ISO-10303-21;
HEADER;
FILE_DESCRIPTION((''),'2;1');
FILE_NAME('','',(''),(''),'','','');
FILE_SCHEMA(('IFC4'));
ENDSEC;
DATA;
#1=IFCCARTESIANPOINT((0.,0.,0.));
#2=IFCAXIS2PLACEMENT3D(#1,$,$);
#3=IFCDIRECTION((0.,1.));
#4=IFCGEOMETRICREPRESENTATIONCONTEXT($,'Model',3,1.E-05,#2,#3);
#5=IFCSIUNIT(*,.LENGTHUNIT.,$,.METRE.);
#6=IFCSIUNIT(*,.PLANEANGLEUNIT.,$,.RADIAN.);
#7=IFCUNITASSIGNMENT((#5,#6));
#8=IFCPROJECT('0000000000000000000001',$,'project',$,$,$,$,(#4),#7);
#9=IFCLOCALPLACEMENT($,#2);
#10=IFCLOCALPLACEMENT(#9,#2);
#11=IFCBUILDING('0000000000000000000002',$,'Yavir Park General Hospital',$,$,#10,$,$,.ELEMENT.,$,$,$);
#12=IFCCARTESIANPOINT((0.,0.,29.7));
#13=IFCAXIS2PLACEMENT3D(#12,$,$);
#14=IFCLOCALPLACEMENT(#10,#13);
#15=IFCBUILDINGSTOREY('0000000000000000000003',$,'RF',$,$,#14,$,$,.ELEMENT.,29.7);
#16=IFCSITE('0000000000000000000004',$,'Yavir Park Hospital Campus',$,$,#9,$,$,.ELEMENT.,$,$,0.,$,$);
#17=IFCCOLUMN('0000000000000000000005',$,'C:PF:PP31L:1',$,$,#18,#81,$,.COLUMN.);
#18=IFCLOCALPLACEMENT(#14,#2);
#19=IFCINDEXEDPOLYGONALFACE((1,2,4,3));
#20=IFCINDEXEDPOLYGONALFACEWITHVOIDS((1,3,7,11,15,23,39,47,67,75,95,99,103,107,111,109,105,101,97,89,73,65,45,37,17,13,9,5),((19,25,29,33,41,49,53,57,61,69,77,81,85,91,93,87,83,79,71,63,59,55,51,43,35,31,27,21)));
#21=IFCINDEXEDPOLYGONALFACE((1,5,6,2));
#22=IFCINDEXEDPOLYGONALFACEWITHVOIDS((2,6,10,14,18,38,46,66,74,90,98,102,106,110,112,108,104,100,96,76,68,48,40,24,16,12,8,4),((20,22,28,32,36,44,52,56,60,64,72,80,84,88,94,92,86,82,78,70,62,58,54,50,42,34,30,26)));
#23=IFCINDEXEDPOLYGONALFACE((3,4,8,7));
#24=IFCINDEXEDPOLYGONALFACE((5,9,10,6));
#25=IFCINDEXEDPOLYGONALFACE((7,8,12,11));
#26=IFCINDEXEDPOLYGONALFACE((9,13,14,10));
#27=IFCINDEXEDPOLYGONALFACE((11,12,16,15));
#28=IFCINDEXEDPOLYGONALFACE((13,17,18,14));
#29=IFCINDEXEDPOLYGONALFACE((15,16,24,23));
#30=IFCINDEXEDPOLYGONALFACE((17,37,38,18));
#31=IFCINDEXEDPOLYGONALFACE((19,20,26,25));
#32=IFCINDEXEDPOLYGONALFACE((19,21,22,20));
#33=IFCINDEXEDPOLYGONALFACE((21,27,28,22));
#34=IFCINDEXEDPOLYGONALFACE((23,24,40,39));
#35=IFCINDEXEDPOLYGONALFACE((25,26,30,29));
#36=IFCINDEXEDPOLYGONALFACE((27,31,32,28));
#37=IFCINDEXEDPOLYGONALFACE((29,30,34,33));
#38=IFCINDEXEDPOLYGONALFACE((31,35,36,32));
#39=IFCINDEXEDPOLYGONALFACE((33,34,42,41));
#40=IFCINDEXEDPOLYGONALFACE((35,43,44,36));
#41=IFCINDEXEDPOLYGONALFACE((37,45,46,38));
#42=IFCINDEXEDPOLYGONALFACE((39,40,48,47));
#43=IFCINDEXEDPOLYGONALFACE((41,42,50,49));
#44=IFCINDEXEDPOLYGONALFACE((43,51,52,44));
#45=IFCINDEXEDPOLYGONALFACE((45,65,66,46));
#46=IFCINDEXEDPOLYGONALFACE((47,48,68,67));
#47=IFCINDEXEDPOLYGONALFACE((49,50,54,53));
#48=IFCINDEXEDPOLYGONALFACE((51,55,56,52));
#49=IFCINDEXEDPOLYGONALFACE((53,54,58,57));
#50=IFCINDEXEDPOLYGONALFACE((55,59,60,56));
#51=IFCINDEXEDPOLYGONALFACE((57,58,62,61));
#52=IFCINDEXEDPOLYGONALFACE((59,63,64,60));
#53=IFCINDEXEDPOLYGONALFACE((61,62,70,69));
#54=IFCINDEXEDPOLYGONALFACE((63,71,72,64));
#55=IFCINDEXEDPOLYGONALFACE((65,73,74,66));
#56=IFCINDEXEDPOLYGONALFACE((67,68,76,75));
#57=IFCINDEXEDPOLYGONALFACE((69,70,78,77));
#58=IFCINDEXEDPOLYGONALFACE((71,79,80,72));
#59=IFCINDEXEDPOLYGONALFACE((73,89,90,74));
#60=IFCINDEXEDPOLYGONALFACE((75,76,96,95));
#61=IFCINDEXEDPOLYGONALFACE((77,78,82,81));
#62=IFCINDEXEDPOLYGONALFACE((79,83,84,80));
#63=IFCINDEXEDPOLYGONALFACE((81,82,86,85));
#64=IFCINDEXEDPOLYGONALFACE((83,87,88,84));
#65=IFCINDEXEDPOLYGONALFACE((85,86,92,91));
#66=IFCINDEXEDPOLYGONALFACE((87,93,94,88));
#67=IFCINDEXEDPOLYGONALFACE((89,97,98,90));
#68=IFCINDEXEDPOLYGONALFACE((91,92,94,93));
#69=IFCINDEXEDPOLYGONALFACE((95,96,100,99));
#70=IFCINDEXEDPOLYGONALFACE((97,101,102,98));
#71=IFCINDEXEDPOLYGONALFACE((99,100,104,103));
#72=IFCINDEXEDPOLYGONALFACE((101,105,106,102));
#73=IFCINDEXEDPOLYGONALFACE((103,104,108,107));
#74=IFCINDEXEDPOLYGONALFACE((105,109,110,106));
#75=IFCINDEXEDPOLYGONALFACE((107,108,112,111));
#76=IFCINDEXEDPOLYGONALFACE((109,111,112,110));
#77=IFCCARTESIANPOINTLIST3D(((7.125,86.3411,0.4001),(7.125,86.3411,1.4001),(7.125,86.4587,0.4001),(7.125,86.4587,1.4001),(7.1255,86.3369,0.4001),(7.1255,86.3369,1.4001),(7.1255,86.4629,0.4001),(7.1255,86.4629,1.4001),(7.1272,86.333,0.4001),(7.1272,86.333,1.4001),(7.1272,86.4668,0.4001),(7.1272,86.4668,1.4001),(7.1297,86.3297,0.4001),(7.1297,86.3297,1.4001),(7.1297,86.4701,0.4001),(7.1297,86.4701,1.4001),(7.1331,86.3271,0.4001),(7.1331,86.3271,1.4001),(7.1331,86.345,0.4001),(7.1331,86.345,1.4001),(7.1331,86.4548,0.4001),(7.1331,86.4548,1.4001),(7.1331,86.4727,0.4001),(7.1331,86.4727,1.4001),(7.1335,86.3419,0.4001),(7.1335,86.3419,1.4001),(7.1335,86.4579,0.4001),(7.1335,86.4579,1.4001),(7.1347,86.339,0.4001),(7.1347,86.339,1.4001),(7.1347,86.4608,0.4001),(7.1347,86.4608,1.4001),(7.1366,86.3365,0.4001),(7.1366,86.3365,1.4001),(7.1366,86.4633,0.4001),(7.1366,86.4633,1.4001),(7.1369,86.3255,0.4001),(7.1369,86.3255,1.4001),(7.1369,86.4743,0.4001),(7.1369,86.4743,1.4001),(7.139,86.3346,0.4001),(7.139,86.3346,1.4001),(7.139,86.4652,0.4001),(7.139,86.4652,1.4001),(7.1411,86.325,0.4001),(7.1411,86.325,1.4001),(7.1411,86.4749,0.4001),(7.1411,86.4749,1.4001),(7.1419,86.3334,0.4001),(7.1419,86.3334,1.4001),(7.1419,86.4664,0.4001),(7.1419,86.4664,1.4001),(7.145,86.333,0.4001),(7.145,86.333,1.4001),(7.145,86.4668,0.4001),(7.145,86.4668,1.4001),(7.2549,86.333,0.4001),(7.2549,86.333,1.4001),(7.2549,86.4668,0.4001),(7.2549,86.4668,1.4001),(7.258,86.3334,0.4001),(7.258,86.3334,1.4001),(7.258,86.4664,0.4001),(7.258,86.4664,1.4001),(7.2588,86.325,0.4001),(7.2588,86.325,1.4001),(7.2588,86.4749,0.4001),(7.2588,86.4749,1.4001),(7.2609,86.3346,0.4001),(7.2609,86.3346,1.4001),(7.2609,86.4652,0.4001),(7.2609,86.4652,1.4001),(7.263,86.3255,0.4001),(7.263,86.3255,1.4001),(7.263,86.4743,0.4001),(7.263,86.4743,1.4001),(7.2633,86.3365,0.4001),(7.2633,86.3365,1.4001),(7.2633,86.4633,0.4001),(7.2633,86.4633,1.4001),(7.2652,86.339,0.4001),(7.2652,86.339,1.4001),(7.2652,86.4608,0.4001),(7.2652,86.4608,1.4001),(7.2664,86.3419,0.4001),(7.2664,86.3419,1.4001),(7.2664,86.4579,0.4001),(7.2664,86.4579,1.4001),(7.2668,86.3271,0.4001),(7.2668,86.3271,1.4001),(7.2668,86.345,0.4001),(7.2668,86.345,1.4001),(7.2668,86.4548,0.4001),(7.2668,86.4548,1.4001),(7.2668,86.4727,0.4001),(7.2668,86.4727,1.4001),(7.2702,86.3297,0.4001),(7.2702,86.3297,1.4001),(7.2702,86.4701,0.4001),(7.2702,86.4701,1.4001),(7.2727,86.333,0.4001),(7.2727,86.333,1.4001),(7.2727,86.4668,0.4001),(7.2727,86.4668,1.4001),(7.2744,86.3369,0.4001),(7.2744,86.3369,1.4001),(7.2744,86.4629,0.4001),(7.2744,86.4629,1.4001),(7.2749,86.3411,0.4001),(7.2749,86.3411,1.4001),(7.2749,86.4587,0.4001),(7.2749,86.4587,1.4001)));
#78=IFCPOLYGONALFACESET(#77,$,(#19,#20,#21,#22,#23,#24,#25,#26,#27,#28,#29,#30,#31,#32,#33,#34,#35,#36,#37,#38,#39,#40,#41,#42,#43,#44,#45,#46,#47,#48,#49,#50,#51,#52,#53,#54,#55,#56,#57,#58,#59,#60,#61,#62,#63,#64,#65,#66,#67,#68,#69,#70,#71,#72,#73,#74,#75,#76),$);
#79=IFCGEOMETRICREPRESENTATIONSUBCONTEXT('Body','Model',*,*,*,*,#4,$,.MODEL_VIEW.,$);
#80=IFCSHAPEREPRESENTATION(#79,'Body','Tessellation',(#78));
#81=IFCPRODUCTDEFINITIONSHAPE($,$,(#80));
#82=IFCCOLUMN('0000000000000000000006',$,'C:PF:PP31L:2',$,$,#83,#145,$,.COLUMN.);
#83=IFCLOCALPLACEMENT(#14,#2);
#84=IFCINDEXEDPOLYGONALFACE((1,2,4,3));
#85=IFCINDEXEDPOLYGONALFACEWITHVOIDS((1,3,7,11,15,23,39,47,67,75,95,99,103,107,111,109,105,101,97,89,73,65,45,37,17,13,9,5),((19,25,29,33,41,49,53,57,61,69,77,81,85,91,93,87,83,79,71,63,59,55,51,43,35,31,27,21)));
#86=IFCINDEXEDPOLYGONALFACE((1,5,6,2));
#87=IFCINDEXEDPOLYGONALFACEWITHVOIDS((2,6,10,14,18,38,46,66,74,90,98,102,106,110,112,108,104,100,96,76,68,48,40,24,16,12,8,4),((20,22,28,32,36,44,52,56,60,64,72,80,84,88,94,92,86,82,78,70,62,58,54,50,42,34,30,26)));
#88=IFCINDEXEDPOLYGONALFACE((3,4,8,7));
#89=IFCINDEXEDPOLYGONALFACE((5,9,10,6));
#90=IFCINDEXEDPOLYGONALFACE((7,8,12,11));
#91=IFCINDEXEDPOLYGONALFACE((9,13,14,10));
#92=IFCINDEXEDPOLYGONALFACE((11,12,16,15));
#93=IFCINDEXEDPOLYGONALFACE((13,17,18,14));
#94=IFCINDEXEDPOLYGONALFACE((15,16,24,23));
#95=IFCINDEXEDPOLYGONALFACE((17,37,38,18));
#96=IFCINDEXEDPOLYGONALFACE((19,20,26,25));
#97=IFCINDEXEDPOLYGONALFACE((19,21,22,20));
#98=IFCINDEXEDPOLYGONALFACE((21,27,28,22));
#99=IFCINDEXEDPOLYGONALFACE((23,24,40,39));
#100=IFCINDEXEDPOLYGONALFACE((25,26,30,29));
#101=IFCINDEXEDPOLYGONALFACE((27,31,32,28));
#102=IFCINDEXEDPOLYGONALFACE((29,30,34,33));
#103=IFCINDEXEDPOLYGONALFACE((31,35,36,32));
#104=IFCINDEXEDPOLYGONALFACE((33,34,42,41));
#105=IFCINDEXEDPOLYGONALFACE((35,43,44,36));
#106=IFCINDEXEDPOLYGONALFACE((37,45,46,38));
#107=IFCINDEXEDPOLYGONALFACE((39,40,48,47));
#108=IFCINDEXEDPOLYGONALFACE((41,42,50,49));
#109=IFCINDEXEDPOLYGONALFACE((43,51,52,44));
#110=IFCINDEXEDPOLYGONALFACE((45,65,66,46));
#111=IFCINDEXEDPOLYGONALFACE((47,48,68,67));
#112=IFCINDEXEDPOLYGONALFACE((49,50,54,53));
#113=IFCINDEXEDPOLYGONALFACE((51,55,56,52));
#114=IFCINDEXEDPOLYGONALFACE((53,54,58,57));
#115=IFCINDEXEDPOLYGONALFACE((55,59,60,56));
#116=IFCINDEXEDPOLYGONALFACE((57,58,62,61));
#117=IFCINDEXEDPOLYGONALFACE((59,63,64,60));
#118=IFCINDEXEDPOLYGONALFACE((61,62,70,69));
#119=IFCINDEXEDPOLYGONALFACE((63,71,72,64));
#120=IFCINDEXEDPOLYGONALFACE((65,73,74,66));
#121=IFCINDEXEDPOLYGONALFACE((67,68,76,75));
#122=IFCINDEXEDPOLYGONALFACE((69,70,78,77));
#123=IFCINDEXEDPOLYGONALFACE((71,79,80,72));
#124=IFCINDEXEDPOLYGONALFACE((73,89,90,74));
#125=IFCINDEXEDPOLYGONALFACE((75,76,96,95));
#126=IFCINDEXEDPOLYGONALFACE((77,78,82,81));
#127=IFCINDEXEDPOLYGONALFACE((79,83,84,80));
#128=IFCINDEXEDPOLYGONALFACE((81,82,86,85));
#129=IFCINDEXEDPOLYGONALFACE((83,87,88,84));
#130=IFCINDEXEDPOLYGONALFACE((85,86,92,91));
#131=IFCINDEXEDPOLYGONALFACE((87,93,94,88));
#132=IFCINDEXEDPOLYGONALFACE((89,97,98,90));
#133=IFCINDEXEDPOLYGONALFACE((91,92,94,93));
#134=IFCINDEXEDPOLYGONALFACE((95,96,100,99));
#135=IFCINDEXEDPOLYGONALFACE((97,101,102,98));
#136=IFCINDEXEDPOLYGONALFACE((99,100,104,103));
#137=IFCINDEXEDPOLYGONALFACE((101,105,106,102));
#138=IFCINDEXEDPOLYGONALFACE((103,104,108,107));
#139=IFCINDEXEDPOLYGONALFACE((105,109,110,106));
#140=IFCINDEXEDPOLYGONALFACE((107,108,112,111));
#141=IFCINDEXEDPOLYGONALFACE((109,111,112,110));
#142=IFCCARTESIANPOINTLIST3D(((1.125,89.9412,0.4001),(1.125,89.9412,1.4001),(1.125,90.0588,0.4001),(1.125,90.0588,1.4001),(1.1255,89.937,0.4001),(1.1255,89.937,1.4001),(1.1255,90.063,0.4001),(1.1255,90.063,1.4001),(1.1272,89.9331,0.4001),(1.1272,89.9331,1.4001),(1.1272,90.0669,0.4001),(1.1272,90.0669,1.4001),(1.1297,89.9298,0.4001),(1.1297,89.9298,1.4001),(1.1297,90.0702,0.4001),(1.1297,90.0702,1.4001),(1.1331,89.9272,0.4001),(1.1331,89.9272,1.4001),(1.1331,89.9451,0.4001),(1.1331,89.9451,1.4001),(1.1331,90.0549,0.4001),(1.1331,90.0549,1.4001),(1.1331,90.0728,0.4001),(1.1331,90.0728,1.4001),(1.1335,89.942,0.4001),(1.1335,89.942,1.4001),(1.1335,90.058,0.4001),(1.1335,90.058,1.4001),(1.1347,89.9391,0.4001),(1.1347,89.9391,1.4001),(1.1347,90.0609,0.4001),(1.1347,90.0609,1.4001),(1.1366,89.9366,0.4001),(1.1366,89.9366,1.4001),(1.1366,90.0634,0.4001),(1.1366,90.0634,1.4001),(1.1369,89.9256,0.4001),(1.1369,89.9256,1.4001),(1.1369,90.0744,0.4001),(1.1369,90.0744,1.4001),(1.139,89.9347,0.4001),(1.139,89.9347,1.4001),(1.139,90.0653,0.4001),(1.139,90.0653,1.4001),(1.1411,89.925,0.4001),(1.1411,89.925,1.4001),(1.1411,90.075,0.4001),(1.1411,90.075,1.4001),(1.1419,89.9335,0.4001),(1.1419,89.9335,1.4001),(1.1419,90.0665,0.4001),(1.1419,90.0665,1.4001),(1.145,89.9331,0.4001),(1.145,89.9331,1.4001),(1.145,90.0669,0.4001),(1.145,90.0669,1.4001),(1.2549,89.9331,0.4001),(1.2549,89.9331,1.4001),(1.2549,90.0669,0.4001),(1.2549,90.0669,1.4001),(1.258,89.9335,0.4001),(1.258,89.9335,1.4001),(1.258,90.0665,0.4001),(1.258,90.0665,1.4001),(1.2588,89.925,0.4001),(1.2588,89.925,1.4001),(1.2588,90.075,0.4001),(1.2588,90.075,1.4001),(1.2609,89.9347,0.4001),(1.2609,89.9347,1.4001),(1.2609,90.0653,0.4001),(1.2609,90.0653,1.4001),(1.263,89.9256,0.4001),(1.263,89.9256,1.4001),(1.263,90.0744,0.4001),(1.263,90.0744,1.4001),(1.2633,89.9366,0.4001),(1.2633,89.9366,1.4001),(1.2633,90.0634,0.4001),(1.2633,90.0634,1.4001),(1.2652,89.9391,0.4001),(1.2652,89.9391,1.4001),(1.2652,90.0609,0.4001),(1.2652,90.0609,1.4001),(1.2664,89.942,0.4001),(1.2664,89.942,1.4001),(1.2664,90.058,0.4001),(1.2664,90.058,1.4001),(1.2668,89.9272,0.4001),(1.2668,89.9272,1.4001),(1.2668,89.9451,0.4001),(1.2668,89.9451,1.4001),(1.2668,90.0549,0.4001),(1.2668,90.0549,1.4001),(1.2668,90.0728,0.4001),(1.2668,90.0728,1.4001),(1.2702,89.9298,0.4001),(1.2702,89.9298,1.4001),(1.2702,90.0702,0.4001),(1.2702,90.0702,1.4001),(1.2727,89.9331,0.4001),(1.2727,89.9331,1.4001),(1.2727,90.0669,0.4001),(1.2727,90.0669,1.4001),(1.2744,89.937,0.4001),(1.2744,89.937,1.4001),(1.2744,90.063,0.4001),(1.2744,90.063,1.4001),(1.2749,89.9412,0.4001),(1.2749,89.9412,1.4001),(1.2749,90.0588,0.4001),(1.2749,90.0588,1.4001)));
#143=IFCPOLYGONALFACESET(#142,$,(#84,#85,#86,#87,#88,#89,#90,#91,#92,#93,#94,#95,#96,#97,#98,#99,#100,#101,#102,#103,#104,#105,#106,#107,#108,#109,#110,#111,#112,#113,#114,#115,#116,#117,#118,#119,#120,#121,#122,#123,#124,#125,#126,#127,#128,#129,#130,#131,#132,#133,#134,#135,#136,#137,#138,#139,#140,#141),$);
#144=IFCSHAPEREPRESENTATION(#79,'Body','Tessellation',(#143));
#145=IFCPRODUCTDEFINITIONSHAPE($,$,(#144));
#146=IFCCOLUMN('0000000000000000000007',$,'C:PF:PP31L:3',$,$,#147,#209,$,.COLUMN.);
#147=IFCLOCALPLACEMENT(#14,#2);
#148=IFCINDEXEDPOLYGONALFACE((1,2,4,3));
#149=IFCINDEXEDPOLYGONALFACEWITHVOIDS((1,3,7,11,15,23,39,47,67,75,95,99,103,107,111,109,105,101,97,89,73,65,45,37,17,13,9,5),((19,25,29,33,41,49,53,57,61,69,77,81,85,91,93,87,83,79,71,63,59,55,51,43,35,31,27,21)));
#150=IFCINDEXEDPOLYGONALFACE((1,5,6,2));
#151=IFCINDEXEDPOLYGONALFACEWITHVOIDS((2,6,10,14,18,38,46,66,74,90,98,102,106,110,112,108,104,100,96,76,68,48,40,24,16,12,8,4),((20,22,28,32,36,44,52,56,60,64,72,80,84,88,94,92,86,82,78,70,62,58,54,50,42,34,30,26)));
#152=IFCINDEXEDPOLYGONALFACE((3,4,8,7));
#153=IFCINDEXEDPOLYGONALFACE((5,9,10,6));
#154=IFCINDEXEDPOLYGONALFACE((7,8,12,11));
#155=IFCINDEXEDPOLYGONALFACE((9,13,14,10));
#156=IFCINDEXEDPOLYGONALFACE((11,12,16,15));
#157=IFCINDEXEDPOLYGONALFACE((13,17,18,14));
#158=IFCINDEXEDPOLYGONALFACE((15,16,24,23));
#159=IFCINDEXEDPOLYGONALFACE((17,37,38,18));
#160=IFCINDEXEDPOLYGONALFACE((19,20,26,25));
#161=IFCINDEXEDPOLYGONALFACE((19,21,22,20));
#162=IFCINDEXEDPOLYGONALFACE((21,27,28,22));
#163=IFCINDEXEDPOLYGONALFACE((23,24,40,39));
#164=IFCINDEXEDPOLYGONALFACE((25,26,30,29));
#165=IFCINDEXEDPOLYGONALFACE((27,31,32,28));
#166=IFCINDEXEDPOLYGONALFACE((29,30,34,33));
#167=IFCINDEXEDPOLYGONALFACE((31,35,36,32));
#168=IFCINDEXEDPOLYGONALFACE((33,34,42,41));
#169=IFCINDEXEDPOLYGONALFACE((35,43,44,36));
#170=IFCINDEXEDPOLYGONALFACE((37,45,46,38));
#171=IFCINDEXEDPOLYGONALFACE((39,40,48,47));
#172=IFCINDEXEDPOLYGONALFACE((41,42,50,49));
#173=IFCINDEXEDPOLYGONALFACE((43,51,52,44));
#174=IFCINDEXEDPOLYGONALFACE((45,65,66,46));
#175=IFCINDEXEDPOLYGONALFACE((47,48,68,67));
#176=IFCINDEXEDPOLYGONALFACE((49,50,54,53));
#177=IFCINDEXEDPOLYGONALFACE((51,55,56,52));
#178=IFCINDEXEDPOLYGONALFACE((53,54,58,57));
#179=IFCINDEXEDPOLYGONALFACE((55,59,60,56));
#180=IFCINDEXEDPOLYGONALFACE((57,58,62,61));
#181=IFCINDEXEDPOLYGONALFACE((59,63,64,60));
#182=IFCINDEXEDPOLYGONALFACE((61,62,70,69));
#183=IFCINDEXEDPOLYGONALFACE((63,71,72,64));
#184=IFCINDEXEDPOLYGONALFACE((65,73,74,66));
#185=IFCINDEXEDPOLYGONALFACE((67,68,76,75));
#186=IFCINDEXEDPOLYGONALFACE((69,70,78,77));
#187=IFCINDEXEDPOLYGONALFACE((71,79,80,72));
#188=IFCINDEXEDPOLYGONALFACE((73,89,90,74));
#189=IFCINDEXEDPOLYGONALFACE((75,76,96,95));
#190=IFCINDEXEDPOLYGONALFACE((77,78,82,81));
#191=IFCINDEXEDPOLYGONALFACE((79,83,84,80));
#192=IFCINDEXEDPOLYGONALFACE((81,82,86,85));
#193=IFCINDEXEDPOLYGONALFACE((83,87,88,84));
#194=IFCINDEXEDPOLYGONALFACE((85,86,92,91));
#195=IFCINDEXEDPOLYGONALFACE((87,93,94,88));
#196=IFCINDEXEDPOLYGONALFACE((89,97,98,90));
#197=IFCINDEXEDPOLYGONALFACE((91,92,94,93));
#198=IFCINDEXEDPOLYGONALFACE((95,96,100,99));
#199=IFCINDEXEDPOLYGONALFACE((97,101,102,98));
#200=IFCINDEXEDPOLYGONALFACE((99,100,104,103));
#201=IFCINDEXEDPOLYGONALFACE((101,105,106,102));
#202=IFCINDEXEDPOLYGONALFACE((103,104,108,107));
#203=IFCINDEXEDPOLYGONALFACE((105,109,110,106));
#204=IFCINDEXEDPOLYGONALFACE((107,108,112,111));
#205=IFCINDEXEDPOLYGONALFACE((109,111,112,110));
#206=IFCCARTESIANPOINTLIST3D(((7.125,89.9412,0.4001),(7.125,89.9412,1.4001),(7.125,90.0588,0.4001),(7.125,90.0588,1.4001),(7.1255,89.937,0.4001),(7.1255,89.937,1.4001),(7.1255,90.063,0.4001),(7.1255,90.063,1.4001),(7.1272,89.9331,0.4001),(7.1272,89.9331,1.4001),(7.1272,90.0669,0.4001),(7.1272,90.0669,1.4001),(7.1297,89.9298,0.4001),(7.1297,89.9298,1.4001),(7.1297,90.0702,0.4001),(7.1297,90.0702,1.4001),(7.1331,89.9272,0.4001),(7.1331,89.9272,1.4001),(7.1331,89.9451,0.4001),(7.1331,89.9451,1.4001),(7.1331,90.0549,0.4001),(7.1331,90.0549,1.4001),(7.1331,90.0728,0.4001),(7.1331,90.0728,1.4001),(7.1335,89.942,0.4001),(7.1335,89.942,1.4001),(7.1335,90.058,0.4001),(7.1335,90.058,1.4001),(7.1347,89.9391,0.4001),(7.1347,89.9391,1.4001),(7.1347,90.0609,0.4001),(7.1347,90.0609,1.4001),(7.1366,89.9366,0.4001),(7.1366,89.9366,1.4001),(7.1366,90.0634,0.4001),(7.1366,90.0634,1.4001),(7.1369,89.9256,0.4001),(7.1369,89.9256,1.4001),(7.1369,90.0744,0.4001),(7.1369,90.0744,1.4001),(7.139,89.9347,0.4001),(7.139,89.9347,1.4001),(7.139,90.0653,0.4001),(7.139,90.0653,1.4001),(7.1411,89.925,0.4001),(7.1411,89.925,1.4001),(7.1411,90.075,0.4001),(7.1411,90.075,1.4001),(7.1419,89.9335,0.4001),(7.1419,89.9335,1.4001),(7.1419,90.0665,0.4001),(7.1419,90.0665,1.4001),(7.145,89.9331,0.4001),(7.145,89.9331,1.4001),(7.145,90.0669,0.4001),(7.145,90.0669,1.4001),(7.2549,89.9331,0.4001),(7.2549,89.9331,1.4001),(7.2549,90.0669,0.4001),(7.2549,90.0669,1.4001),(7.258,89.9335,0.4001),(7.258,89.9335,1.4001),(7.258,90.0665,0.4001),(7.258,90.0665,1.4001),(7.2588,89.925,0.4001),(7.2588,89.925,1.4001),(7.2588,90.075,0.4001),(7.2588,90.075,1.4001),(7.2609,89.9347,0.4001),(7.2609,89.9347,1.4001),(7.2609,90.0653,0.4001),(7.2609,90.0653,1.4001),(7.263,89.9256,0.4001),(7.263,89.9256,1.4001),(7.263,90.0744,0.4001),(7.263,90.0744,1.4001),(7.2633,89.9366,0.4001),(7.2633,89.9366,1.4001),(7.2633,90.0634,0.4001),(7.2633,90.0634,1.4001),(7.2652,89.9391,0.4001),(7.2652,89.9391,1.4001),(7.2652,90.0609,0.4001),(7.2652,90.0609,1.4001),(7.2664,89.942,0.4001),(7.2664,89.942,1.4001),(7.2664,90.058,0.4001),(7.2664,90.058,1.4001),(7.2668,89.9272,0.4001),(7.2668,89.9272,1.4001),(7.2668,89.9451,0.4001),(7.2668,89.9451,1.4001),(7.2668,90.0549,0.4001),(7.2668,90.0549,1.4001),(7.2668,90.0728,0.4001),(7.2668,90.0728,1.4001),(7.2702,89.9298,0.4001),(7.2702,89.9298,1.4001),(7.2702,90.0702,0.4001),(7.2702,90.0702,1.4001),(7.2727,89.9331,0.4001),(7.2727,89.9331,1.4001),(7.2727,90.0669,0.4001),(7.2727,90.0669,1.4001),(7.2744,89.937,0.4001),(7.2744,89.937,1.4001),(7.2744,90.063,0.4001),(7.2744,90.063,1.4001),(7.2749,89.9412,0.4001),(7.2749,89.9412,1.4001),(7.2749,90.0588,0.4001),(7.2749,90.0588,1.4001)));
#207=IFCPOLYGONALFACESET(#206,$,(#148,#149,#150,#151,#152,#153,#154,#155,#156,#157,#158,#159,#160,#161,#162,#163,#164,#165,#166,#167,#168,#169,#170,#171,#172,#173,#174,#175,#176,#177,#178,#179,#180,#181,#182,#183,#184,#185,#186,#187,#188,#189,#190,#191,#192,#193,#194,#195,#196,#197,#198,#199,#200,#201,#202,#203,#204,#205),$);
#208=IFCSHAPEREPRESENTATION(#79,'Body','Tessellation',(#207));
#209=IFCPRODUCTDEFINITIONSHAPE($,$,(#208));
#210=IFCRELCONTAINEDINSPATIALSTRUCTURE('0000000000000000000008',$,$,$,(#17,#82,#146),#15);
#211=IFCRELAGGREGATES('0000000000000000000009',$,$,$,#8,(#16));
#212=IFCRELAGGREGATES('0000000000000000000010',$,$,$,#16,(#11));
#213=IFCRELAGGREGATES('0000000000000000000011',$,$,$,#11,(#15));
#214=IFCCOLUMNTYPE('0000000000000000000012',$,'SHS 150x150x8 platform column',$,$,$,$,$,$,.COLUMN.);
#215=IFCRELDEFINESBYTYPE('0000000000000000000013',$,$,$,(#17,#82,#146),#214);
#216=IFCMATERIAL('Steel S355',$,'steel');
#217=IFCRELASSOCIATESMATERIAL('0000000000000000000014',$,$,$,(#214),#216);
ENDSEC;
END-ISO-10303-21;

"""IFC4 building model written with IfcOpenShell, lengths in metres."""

from ifc_helpers import new_model, si_unit, direction, frame, origin, origin_2d, place, context, subcontext, project, spatial, hollow_rectangle, extrude, material, material_profile, profile_set, type_object, element, save


model = new_model("IFC4")

# Units and contexts
model_context = context("Model", 3, precision=1e-05, world=origin(), true_north=direction((0.0, 1.0)))
body_context = subcontext(model_context, "Body", "Model", "MODEL_VIEW")
ifc_project = project(units=[si_unit("LENGTHUNIT", "METRE"), si_unit("PLANEANGLEUNIT", "RADIAN")], contexts=[model_context])

# Site, building, storey
site_placement = place(None, origin())
site = spatial("IfcSite", under=ifc_project, at=site_placement, Name="Yavir Park Hospital Campus", CompositionType="ELEMENT", RefElevation=0.0)
building_placement = place(site_placement, origin())
building = spatial("IfcBuilding", under=site, at=building_placement, Name="Yavir Park General Hospital", CompositionType="ELEMENT")
storey_placement = place(building_placement, frame((0.0, 0.0, 29.7)))
storey = spatial("IfcBuildingStorey", under=building, at=storey_placement, Name="RF", CompositionType="ELEMENT", Elevation=29.7)

# Columns
ifc_material_1 = material(Name="Steel S355", Category="steel")
ifc_material_profile_1 = material_profile(ifc_material_1, hollow_rectangle(XDim=0.1499, YDim=0.1499, WallThickness=0.0081, InnerFilletRadius=0.012, OuterFilletRadius=0.0161, at=origin_2d()), Name="SHS150x150x8")
ifc_profile_set_1 = profile_set([ifc_material_profile_1], Name="Steel S355")
column_type_1 = type_object("IfcColumnType", Name="SHS 150x150x8 platform column", PredefinedType="COLUMN", material=ifc_profile_set_1)
for number, where, z_axis, x_axis, name in (
    (1, (7.2, 86.3999, 0.4001), (0.0, 0.0, 1.0), (1.0, 0.0, 0.0), "C:PF:PP31L:1"),
    (2, (1.2, 90.0, 0.4001), (0.0, 0.0, 1.0), (1.0, 0.0, 0.0), "C:PF:PP31L:2"),
    (3, (7.2, 90.0, 0.4001), (0.0, 0.0, 1.0), (1.0, 0.0, 0.0), "C:PF:PP31L:3"),
):
    element("IfcColumn", number, at=place(storey_placement, frame(where, z_axis=z_axis, x_axis=x_axis)), inside=storey, type_object=column_type_1, Name=name, PredefinedType="COLUMN", context=body_context, shape_type="SweptSolid", body=[
        extrude(hollow_rectangle(XDim=0.1499, YDim=0.1499, WallThickness=0.0081, InnerFilletRadius=0.012, OuterFilletRadius=0.0161, at=origin_2d()), origin(), (0.0, 0.0, 1.0), 1.0),
    ])

save(model, "model.ifc")
